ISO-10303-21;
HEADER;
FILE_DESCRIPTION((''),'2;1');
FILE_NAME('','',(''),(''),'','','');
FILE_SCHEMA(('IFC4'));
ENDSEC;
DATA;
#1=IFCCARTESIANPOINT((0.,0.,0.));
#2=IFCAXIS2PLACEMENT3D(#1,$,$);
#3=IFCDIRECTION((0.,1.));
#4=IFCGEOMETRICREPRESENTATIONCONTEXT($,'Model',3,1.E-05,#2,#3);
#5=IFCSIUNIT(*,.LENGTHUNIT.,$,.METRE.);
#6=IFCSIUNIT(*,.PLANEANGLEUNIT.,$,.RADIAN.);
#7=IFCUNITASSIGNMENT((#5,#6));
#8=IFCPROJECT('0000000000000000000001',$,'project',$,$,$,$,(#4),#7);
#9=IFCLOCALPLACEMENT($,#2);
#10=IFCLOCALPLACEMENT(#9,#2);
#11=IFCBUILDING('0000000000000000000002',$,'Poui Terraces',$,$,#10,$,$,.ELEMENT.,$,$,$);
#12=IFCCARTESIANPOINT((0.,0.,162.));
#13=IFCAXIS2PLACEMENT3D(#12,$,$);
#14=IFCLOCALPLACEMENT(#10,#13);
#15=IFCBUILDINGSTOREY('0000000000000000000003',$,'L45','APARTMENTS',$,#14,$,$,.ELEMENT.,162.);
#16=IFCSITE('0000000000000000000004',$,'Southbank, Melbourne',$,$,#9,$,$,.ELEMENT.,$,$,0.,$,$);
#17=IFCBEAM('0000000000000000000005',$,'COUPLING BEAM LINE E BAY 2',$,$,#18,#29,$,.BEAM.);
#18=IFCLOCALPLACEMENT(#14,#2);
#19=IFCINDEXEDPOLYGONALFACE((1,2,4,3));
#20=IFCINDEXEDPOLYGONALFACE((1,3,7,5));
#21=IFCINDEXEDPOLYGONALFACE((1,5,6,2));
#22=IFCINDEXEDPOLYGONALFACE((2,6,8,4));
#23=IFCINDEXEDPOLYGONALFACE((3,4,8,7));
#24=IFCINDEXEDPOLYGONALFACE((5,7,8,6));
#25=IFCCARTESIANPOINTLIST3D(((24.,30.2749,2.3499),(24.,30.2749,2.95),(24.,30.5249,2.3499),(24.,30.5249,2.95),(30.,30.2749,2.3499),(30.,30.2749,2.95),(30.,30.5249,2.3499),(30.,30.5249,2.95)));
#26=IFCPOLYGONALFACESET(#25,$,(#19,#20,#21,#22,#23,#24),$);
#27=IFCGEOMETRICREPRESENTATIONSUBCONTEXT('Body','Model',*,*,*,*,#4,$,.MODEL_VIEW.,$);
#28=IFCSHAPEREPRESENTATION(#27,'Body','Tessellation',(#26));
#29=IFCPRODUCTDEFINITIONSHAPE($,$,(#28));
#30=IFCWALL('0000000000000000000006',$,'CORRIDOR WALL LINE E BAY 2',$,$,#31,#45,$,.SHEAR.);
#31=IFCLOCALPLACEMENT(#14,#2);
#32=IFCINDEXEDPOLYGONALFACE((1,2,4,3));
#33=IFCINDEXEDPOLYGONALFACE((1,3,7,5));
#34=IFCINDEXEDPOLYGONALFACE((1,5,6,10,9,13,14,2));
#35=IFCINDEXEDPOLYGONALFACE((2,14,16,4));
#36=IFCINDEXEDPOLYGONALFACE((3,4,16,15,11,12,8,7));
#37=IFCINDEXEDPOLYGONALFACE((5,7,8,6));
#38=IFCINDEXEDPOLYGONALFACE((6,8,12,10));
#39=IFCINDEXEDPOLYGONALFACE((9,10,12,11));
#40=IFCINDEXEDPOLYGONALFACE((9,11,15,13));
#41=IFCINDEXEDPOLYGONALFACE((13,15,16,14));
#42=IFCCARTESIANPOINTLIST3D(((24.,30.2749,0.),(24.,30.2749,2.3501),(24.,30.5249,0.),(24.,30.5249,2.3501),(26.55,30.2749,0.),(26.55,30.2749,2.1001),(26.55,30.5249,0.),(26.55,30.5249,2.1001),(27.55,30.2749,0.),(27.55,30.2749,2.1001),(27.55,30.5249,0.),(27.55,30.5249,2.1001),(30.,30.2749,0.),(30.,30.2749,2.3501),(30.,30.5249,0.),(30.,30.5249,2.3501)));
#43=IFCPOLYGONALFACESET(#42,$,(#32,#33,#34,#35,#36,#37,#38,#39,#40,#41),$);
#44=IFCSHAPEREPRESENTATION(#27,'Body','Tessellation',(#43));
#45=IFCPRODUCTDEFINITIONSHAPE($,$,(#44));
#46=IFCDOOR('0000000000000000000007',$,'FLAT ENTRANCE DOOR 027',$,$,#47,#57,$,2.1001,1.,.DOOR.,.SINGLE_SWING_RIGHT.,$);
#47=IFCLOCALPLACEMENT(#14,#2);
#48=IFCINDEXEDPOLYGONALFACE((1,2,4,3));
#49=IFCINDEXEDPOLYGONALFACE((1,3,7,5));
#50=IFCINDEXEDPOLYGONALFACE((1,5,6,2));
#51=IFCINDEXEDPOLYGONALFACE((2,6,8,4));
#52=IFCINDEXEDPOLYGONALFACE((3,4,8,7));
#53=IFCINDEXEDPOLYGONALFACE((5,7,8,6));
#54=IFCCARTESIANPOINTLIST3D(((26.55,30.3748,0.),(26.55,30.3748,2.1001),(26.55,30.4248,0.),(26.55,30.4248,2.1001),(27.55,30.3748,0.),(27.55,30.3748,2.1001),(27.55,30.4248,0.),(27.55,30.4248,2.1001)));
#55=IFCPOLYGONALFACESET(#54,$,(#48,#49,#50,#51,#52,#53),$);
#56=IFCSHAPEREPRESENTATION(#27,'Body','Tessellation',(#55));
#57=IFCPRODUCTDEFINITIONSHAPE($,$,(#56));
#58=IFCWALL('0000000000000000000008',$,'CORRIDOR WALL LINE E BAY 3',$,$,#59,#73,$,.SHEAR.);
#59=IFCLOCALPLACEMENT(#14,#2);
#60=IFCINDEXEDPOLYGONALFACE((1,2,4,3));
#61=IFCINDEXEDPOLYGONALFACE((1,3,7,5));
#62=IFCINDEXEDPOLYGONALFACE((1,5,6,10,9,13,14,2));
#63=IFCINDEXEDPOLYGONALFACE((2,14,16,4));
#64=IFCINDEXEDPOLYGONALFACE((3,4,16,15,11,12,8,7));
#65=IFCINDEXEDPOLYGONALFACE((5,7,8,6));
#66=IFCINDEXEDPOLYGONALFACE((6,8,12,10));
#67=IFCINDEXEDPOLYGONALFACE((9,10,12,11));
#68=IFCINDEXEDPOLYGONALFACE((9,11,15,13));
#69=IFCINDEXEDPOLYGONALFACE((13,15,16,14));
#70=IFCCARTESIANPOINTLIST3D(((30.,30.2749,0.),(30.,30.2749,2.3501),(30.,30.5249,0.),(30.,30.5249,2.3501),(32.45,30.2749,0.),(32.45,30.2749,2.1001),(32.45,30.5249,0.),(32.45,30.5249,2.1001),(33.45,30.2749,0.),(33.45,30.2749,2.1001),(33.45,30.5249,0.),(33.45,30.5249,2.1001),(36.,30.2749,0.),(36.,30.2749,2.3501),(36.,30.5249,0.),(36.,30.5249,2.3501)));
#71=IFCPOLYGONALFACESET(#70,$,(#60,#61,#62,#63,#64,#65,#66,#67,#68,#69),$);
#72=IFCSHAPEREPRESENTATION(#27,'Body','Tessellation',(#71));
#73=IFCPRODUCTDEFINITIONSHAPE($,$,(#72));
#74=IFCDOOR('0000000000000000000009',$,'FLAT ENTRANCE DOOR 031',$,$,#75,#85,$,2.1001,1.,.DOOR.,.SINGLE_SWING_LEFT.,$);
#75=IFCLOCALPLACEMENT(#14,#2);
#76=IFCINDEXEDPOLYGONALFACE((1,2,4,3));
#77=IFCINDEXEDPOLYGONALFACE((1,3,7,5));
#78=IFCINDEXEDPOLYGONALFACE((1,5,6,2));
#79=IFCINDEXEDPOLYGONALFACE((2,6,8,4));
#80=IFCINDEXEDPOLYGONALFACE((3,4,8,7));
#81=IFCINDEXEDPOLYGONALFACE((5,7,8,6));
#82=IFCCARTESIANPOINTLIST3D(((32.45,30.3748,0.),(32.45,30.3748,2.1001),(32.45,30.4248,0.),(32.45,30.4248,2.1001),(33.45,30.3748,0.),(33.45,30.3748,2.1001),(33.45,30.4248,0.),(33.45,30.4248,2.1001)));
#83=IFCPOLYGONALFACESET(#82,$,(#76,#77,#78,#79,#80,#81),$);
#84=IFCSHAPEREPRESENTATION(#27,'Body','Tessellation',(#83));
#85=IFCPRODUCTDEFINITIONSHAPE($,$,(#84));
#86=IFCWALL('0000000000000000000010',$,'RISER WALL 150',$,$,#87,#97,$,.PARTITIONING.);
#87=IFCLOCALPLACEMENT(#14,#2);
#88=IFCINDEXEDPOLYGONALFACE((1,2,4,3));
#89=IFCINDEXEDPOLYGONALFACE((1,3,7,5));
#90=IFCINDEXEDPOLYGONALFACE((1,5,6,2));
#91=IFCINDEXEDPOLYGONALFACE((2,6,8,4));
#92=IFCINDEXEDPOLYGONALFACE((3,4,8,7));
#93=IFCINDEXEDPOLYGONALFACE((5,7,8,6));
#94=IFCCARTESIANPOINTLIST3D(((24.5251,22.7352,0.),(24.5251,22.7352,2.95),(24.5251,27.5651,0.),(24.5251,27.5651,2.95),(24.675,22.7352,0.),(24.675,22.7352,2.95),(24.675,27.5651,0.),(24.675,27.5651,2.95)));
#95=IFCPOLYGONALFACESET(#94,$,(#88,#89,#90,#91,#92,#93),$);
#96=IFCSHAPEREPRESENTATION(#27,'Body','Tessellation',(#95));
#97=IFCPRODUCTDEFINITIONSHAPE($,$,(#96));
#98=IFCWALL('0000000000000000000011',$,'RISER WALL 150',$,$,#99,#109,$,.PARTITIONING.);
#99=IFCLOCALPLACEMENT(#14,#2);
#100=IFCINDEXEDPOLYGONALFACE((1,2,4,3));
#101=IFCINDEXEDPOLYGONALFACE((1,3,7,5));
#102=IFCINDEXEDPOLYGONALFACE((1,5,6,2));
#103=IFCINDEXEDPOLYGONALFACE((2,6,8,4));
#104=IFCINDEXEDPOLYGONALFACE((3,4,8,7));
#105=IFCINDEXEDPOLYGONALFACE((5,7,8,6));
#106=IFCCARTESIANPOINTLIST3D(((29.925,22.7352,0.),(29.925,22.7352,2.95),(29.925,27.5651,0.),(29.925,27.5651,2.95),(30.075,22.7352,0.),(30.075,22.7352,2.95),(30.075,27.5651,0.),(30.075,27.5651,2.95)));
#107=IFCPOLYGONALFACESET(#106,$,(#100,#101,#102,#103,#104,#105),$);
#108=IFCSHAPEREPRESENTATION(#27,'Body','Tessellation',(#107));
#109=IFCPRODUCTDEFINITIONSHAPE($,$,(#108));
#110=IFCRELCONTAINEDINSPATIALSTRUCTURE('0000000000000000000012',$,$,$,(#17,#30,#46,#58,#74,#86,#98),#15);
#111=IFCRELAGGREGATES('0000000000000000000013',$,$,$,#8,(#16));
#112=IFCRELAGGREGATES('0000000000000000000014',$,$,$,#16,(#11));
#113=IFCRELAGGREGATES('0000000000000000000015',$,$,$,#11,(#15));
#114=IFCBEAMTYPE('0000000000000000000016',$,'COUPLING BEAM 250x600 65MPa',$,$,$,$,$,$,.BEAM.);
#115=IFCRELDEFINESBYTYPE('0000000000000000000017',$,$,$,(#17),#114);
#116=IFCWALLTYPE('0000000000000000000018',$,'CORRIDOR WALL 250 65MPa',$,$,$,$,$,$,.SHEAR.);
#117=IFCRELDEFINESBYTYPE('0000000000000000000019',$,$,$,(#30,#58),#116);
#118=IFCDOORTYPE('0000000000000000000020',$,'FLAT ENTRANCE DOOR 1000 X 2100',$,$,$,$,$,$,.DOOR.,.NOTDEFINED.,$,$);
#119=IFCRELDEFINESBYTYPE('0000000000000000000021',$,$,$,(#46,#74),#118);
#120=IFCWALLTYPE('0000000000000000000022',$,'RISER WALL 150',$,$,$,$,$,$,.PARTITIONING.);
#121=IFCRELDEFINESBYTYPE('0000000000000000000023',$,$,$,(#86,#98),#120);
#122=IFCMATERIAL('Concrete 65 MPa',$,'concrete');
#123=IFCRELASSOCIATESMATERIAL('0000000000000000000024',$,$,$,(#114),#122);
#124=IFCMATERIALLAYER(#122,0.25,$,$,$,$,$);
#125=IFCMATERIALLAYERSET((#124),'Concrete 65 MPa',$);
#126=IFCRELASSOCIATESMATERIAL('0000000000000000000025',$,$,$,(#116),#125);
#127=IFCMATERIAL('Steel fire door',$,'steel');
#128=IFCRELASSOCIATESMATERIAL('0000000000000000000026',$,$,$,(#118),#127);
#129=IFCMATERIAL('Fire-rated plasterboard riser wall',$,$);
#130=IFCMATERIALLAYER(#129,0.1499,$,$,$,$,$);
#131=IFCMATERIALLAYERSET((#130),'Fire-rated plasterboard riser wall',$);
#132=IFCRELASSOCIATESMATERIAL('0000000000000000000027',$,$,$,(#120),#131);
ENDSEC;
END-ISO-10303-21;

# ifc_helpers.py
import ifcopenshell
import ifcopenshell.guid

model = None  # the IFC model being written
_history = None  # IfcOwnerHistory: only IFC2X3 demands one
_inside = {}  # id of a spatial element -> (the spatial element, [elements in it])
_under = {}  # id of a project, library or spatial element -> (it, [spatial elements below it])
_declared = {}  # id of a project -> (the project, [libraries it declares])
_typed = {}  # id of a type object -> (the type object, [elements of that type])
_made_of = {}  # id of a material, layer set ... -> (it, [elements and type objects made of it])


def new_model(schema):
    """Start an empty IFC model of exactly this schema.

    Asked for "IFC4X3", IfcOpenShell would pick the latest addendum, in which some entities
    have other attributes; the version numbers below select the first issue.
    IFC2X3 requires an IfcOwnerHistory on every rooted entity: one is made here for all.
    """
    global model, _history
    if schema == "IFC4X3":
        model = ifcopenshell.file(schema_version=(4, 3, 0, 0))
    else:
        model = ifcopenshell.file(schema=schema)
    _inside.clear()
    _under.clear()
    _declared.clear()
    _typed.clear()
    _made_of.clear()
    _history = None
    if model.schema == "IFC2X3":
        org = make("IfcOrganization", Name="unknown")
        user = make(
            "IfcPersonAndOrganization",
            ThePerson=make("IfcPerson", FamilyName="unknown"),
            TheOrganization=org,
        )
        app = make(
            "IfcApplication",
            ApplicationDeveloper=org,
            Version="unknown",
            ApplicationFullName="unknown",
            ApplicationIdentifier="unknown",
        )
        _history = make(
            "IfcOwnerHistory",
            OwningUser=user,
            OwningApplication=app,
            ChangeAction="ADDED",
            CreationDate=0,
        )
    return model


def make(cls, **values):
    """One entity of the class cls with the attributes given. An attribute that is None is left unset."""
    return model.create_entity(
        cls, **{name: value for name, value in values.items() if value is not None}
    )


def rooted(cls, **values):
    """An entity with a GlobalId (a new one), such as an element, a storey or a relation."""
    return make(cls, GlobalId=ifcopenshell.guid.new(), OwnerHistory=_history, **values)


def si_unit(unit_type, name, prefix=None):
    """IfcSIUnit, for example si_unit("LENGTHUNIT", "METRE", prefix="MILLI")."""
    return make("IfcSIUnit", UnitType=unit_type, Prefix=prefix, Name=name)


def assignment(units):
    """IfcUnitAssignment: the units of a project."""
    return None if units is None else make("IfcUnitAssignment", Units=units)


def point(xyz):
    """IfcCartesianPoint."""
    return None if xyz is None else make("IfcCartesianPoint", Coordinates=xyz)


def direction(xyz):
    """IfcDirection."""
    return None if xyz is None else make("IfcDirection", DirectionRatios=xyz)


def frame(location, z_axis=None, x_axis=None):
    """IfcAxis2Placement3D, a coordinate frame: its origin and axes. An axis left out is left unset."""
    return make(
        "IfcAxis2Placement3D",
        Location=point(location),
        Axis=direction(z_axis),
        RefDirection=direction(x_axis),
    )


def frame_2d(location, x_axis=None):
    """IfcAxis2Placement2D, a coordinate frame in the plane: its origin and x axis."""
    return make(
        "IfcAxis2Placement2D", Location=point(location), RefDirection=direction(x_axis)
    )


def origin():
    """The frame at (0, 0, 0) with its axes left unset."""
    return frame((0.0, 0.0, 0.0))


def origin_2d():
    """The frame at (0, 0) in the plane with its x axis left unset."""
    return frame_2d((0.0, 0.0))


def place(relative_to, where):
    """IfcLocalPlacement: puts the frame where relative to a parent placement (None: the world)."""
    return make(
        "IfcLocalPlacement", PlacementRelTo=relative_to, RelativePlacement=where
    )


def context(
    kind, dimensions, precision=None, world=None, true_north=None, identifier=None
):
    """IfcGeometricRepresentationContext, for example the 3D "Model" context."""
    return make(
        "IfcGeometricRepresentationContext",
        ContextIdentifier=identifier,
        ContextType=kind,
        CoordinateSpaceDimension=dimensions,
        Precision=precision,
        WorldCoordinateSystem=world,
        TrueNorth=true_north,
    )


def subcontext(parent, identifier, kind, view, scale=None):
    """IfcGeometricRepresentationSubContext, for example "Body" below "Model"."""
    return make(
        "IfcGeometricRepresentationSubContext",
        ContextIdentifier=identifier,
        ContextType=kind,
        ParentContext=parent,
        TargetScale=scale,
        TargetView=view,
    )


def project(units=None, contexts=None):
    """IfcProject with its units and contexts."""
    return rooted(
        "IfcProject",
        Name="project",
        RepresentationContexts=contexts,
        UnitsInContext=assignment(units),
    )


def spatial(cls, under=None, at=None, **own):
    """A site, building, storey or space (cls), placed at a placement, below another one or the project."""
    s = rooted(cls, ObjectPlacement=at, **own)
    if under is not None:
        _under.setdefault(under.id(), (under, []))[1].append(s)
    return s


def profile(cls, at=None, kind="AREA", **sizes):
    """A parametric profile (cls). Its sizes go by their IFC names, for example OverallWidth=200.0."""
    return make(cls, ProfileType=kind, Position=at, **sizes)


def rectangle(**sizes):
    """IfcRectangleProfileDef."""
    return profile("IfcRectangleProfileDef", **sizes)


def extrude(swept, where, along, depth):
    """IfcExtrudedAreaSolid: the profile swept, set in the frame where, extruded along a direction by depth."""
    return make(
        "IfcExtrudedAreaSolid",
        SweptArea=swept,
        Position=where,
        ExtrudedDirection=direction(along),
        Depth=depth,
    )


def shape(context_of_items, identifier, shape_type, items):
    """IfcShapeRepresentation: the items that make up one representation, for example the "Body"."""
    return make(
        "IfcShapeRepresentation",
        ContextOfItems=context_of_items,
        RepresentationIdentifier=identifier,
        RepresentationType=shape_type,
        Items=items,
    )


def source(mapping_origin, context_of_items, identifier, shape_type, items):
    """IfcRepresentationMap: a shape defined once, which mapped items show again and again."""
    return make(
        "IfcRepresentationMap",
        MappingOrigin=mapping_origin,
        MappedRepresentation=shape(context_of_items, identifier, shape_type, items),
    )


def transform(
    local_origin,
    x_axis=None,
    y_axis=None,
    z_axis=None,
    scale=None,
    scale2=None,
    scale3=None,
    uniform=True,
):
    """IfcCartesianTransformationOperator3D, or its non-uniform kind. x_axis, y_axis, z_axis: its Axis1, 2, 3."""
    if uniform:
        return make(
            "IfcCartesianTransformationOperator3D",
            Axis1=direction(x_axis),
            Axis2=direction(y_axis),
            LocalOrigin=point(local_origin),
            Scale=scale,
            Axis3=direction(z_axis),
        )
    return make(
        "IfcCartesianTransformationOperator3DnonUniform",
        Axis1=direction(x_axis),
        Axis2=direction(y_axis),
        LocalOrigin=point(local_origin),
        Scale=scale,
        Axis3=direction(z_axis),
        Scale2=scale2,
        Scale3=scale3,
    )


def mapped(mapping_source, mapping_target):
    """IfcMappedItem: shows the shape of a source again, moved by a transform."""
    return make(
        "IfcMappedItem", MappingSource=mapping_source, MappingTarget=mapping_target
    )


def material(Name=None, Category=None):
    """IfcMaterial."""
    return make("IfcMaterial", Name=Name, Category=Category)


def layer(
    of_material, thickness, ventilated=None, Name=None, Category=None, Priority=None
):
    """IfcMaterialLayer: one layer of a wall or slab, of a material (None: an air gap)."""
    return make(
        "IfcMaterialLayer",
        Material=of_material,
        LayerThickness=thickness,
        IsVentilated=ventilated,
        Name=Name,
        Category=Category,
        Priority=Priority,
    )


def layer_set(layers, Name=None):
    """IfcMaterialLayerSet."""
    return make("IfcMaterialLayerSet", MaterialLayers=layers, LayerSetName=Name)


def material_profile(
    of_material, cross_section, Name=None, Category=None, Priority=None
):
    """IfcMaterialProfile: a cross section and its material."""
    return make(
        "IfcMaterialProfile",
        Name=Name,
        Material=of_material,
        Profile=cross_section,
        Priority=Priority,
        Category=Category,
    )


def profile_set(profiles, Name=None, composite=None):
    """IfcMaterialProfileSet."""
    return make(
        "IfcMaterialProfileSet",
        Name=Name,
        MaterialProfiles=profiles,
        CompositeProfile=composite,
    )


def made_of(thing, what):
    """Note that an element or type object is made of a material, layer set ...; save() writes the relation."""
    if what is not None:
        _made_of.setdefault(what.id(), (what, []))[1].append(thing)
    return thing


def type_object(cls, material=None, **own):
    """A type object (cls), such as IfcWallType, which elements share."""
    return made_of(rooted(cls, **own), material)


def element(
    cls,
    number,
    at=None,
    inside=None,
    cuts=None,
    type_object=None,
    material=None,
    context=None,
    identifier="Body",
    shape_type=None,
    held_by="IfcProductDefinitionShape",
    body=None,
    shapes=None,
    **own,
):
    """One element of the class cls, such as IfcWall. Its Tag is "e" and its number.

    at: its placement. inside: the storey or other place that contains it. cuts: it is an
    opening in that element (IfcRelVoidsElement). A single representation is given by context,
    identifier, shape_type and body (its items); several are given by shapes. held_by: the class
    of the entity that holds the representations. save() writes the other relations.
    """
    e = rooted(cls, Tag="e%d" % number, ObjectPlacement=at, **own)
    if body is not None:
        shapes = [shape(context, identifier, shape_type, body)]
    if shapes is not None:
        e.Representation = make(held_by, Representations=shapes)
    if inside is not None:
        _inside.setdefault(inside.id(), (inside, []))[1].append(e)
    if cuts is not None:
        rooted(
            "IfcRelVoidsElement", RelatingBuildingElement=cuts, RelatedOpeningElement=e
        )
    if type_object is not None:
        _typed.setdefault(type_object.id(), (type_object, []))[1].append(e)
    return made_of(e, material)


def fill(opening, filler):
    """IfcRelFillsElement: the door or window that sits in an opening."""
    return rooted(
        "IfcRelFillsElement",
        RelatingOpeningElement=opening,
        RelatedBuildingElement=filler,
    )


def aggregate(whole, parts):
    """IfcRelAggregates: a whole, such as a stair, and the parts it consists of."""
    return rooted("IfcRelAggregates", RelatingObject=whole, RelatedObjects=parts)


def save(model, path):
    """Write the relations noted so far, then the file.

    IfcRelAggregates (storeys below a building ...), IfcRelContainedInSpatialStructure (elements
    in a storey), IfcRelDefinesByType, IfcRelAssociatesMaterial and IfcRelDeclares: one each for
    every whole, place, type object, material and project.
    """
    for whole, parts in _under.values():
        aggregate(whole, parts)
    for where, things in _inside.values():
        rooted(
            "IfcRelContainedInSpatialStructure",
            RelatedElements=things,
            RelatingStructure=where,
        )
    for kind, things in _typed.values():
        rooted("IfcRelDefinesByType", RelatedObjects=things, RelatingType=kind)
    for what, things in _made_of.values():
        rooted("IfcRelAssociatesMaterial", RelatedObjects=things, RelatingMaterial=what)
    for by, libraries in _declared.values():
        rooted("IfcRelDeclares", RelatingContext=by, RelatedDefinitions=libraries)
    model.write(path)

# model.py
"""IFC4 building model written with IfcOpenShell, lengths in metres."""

from ifc_helpers import new_model, si_unit, direction, frame, frame_2d, origin, origin_2d, place, context, subcontext, project, spatial, rectangle, extrude, source, transform, mapped, material, layer, layer_set, material_profile, profile_set, type_object, element, fill, save


model = new_model("IFC4")

# Units and contexts
model_context = context("Model", 3, precision=1e-05, world=origin(), true_north=direction((0.0, 1.0)))
body_context = subcontext(model_context, "Body", "Model", "MODEL_VIEW")
ifc_project = project(units=[si_unit("LENGTHUNIT", "METRE"), si_unit("PLANEANGLEUNIT", "RADIAN")], contexts=[model_context])

# Site, building, storey
site_placement = place(None, origin())
site = spatial("IfcSite", under=ifc_project, at=site_placement, Name="Southbank, Melbourne", CompositionType="ELEMENT", RefElevation=0.0)
building_placement = place(site_placement, origin())
building = spatial("IfcBuilding", under=site, at=building_placement, Name="Poui Terraces", CompositionType="ELEMENT")
storey_placement = place(building_placement, frame((0.0, 0.0, 162.0)))
storey = spatial("IfcBuildingStorey", under=building, at=storey_placement, Name="L45", Description="APARTMENTS", CompositionType="ELEMENT", Elevation=162.0)

# Beam
ifc_material_1 = material(Name="Concrete 65 MPa", Category="concrete")
ifc_material_profile = material_profile(ifc_material_1, rectangle(XDim=0.25, YDim=0.6001, at=origin_2d()), Name="RC 250x600")
ifc_profile_set = profile_set([ifc_material_profile], Name="Concrete 65 MPa")
beam_type = type_object("IfcBeamType", Name="COUPLING BEAM 250x600 65MPa", PredefinedType="BEAM", material=ifc_profile_set)
shared_shape = source(origin(), body_context, "Body", "SweptSolid", [
    extrude(rectangle(XDim=0.25, YDim=0.6001, at=origin_2d()), origin(), (0.0, 0.0, 1.0), 6.0),
])
beam_placement = place(storey_placement, frame((24.0, 30.3999, 2.6499), z_axis=(1.0, 0.0, 0.0), x_axis=(0.0, 1.0, 0.0)))
element("IfcBeam", 1, at=beam_placement, inside=storey, type_object=beam_type, Name="COUPLING BEAM LINE E BAY 2", PredefinedType="BEAM", context=body_context, shape_type="MappedRepresentation", body=[
    mapped(shared_shape, transform((0.0, 0.0, 0.0))),
])

# Walls, openings, doors
ifc_layer_1 = layer(ifc_material_1, 0.25)
ifc_layer_set_1 = layer_set([ifc_layer_1], Name="Concrete 65 MPa")
wall_type_1 = type_object("IfcWallType", Name="CORRIDOR WALL 250 65MPa", PredefinedType="SHEAR", material=ifc_layer_set_1)
wall_1_placement = place(storey_placement, frame((24.0, 30.3999, 0.0), z_axis=(0.0, 0.0, 1.0), x_axis=(1.0, 0.0, 0.0)))
wall_1 = element("IfcWall", 2, at=wall_1_placement, inside=storey, type_object=wall_type_1, Name="CORRIDOR WALL LINE E BAY 2", PredefinedType="SHEAR", context=body_context, shape_type="SweptSolid", body=[
    extrude(rectangle(XDim=6.0, YDim=0.25, at=frame_2d((3.0, 0.0))), origin(), (0.0, 0.0, 1.0), 2.3501),
])
opening_1_placement = place(wall_1_placement, frame((2.55, 0.0, 0.0)))
opening_1 = element("IfcOpeningElement", 3, at=opening_1_placement, cuts=wall_1, PredefinedType="OPENING", context=body_context, shape_type="SweptSolid", body=[
    extrude(rectangle(XDim=1.0, YDim=2.1001, at=frame_2d((0.5, 1.05))), frame((0.0, 0.135, 0.0), z_axis=(0.0, -1.0, 0.0), x_axis=(1.0, 0.0, 0.0)), (0.0, 0.0, 1.0), 0.27),
])
ifc_material_2 = material(Name="Steel fire door", Category="steel")
door_type = type_object("IfcDoorType", Name="FLAT ENTRANCE DOOR 1000 X 2100", OperationType="NOTDEFINED", PredefinedType="DOOR", material=ifc_material_2)
door_1_placement = place(opening_1_placement, origin())
door_1 = element("IfcDoor", 4, at=door_1_placement, inside=storey, type_object=door_type, Name="FLAT ENTRANCE DOOR 027", OperationType="SINGLE_SWING_RIGHT", OverallHeight=2.1001, OverallWidth=1.0, PredefinedType="DOOR", context=body_context, shape_type="SweptSolid", body=[
    extrude(rectangle(XDim=1.0, YDim=2.1001, at=frame_2d((0.5, 1.05))), frame((0.0, 0.0249, 0.0), z_axis=(0.0, -1.0, 0.0), x_axis=(1.0, 0.0, 0.0)), (0.0, 0.0, 1.0), 0.05),
])
fill(opening_1, door_1)
wall_2_placement = place(storey_placement, frame((30.0, 30.3999, 0.0), z_axis=(0.0, 0.0, 1.0), x_axis=(1.0, 0.0, 0.0)))
wall_2 = element("IfcWall", 5, at=wall_2_placement, inside=storey, type_object=wall_type_1, Name="CORRIDOR WALL LINE E BAY 3", PredefinedType="SHEAR", context=body_context, shape_type="SweptSolid", body=[
    extrude(rectangle(XDim=6.0, YDim=0.25, at=frame_2d((3.0, 0.0))), origin(), (0.0, 0.0, 1.0), 2.3501),
])
opening_2_placement = place(wall_2_placement, frame((2.45, 0.0, 0.0)))
opening_2 = element("IfcOpeningElement", 6, at=opening_2_placement, cuts=wall_2, PredefinedType="OPENING", context=body_context, shape_type="SweptSolid", body=[
    extrude(rectangle(XDim=1.0, YDim=2.1001, at=frame_2d((0.5, 1.05))), frame((0.0, 0.135, 0.0), z_axis=(0.0, -1.0, 0.0), x_axis=(1.0, 0.0, 0.0)), (0.0, 0.0, 1.0), 0.27),
])
door_2_placement = place(opening_2_placement, origin())
door_2 = element("IfcDoor", 7, at=door_2_placement, inside=storey, type_object=door_type, Name="FLAT ENTRANCE DOOR 031", OperationType="SINGLE_SWING_LEFT", OverallHeight=2.1001, OverallWidth=1.0, PredefinedType="DOOR", context=body_context, shape_type="SweptSolid", body=[
    extrude(rectangle(XDim=1.0, YDim=2.1001, at=frame_2d((0.5, 1.05))), frame((0.0, 0.0249, 0.0), z_axis=(0.0, -1.0, 0.0), x_axis=(1.0, 0.0, 0.0)), (0.0, 0.0, 1.0), 0.05),
])
fill(opening_2, door_2)

# Walls
ifc_material_3 = material(Name="Fire-rated plasterboard riser wall")
ifc_layer_2 = layer(ifc_material_3, 0.1499)
ifc_layer_set_2 = layer_set([ifc_layer_2], Name="Fire-rated plasterboard riser wall")
wall_type_2 = type_object("IfcWallType", Name="RISER WALL 150", PredefinedType="PARTITIONING", material=ifc_layer_set_2)
for number, where, z_axis, x_axis, name in (
    (8, (24.6001, 22.7351, 0.0), (0.0, 0.0, 1.0), (0.0, 1.0, 0.0), "RISER WALL 150"),
    (9, (30.0, 22.7351, 0.0), (0.0, 0.0, 1.0), (0.0, 1.0, 0.0), "RISER WALL 150"),
):
    element("IfcWall", number, at=place(storey_placement, frame(where, z_axis=z_axis, x_axis=x_axis)), inside=storey, type_object=wall_type_2, Name=name, PredefinedType="PARTITIONING", context=body_context, shape_type="SweptSolid", body=[
        extrude(rectangle(XDim=4.8298, YDim=0.1499, at=frame_2d((2.415, 0.0))), origin(), (0.0, 0.0, 1.0), 2.95),
    ])

save(model, "model.ifc")
